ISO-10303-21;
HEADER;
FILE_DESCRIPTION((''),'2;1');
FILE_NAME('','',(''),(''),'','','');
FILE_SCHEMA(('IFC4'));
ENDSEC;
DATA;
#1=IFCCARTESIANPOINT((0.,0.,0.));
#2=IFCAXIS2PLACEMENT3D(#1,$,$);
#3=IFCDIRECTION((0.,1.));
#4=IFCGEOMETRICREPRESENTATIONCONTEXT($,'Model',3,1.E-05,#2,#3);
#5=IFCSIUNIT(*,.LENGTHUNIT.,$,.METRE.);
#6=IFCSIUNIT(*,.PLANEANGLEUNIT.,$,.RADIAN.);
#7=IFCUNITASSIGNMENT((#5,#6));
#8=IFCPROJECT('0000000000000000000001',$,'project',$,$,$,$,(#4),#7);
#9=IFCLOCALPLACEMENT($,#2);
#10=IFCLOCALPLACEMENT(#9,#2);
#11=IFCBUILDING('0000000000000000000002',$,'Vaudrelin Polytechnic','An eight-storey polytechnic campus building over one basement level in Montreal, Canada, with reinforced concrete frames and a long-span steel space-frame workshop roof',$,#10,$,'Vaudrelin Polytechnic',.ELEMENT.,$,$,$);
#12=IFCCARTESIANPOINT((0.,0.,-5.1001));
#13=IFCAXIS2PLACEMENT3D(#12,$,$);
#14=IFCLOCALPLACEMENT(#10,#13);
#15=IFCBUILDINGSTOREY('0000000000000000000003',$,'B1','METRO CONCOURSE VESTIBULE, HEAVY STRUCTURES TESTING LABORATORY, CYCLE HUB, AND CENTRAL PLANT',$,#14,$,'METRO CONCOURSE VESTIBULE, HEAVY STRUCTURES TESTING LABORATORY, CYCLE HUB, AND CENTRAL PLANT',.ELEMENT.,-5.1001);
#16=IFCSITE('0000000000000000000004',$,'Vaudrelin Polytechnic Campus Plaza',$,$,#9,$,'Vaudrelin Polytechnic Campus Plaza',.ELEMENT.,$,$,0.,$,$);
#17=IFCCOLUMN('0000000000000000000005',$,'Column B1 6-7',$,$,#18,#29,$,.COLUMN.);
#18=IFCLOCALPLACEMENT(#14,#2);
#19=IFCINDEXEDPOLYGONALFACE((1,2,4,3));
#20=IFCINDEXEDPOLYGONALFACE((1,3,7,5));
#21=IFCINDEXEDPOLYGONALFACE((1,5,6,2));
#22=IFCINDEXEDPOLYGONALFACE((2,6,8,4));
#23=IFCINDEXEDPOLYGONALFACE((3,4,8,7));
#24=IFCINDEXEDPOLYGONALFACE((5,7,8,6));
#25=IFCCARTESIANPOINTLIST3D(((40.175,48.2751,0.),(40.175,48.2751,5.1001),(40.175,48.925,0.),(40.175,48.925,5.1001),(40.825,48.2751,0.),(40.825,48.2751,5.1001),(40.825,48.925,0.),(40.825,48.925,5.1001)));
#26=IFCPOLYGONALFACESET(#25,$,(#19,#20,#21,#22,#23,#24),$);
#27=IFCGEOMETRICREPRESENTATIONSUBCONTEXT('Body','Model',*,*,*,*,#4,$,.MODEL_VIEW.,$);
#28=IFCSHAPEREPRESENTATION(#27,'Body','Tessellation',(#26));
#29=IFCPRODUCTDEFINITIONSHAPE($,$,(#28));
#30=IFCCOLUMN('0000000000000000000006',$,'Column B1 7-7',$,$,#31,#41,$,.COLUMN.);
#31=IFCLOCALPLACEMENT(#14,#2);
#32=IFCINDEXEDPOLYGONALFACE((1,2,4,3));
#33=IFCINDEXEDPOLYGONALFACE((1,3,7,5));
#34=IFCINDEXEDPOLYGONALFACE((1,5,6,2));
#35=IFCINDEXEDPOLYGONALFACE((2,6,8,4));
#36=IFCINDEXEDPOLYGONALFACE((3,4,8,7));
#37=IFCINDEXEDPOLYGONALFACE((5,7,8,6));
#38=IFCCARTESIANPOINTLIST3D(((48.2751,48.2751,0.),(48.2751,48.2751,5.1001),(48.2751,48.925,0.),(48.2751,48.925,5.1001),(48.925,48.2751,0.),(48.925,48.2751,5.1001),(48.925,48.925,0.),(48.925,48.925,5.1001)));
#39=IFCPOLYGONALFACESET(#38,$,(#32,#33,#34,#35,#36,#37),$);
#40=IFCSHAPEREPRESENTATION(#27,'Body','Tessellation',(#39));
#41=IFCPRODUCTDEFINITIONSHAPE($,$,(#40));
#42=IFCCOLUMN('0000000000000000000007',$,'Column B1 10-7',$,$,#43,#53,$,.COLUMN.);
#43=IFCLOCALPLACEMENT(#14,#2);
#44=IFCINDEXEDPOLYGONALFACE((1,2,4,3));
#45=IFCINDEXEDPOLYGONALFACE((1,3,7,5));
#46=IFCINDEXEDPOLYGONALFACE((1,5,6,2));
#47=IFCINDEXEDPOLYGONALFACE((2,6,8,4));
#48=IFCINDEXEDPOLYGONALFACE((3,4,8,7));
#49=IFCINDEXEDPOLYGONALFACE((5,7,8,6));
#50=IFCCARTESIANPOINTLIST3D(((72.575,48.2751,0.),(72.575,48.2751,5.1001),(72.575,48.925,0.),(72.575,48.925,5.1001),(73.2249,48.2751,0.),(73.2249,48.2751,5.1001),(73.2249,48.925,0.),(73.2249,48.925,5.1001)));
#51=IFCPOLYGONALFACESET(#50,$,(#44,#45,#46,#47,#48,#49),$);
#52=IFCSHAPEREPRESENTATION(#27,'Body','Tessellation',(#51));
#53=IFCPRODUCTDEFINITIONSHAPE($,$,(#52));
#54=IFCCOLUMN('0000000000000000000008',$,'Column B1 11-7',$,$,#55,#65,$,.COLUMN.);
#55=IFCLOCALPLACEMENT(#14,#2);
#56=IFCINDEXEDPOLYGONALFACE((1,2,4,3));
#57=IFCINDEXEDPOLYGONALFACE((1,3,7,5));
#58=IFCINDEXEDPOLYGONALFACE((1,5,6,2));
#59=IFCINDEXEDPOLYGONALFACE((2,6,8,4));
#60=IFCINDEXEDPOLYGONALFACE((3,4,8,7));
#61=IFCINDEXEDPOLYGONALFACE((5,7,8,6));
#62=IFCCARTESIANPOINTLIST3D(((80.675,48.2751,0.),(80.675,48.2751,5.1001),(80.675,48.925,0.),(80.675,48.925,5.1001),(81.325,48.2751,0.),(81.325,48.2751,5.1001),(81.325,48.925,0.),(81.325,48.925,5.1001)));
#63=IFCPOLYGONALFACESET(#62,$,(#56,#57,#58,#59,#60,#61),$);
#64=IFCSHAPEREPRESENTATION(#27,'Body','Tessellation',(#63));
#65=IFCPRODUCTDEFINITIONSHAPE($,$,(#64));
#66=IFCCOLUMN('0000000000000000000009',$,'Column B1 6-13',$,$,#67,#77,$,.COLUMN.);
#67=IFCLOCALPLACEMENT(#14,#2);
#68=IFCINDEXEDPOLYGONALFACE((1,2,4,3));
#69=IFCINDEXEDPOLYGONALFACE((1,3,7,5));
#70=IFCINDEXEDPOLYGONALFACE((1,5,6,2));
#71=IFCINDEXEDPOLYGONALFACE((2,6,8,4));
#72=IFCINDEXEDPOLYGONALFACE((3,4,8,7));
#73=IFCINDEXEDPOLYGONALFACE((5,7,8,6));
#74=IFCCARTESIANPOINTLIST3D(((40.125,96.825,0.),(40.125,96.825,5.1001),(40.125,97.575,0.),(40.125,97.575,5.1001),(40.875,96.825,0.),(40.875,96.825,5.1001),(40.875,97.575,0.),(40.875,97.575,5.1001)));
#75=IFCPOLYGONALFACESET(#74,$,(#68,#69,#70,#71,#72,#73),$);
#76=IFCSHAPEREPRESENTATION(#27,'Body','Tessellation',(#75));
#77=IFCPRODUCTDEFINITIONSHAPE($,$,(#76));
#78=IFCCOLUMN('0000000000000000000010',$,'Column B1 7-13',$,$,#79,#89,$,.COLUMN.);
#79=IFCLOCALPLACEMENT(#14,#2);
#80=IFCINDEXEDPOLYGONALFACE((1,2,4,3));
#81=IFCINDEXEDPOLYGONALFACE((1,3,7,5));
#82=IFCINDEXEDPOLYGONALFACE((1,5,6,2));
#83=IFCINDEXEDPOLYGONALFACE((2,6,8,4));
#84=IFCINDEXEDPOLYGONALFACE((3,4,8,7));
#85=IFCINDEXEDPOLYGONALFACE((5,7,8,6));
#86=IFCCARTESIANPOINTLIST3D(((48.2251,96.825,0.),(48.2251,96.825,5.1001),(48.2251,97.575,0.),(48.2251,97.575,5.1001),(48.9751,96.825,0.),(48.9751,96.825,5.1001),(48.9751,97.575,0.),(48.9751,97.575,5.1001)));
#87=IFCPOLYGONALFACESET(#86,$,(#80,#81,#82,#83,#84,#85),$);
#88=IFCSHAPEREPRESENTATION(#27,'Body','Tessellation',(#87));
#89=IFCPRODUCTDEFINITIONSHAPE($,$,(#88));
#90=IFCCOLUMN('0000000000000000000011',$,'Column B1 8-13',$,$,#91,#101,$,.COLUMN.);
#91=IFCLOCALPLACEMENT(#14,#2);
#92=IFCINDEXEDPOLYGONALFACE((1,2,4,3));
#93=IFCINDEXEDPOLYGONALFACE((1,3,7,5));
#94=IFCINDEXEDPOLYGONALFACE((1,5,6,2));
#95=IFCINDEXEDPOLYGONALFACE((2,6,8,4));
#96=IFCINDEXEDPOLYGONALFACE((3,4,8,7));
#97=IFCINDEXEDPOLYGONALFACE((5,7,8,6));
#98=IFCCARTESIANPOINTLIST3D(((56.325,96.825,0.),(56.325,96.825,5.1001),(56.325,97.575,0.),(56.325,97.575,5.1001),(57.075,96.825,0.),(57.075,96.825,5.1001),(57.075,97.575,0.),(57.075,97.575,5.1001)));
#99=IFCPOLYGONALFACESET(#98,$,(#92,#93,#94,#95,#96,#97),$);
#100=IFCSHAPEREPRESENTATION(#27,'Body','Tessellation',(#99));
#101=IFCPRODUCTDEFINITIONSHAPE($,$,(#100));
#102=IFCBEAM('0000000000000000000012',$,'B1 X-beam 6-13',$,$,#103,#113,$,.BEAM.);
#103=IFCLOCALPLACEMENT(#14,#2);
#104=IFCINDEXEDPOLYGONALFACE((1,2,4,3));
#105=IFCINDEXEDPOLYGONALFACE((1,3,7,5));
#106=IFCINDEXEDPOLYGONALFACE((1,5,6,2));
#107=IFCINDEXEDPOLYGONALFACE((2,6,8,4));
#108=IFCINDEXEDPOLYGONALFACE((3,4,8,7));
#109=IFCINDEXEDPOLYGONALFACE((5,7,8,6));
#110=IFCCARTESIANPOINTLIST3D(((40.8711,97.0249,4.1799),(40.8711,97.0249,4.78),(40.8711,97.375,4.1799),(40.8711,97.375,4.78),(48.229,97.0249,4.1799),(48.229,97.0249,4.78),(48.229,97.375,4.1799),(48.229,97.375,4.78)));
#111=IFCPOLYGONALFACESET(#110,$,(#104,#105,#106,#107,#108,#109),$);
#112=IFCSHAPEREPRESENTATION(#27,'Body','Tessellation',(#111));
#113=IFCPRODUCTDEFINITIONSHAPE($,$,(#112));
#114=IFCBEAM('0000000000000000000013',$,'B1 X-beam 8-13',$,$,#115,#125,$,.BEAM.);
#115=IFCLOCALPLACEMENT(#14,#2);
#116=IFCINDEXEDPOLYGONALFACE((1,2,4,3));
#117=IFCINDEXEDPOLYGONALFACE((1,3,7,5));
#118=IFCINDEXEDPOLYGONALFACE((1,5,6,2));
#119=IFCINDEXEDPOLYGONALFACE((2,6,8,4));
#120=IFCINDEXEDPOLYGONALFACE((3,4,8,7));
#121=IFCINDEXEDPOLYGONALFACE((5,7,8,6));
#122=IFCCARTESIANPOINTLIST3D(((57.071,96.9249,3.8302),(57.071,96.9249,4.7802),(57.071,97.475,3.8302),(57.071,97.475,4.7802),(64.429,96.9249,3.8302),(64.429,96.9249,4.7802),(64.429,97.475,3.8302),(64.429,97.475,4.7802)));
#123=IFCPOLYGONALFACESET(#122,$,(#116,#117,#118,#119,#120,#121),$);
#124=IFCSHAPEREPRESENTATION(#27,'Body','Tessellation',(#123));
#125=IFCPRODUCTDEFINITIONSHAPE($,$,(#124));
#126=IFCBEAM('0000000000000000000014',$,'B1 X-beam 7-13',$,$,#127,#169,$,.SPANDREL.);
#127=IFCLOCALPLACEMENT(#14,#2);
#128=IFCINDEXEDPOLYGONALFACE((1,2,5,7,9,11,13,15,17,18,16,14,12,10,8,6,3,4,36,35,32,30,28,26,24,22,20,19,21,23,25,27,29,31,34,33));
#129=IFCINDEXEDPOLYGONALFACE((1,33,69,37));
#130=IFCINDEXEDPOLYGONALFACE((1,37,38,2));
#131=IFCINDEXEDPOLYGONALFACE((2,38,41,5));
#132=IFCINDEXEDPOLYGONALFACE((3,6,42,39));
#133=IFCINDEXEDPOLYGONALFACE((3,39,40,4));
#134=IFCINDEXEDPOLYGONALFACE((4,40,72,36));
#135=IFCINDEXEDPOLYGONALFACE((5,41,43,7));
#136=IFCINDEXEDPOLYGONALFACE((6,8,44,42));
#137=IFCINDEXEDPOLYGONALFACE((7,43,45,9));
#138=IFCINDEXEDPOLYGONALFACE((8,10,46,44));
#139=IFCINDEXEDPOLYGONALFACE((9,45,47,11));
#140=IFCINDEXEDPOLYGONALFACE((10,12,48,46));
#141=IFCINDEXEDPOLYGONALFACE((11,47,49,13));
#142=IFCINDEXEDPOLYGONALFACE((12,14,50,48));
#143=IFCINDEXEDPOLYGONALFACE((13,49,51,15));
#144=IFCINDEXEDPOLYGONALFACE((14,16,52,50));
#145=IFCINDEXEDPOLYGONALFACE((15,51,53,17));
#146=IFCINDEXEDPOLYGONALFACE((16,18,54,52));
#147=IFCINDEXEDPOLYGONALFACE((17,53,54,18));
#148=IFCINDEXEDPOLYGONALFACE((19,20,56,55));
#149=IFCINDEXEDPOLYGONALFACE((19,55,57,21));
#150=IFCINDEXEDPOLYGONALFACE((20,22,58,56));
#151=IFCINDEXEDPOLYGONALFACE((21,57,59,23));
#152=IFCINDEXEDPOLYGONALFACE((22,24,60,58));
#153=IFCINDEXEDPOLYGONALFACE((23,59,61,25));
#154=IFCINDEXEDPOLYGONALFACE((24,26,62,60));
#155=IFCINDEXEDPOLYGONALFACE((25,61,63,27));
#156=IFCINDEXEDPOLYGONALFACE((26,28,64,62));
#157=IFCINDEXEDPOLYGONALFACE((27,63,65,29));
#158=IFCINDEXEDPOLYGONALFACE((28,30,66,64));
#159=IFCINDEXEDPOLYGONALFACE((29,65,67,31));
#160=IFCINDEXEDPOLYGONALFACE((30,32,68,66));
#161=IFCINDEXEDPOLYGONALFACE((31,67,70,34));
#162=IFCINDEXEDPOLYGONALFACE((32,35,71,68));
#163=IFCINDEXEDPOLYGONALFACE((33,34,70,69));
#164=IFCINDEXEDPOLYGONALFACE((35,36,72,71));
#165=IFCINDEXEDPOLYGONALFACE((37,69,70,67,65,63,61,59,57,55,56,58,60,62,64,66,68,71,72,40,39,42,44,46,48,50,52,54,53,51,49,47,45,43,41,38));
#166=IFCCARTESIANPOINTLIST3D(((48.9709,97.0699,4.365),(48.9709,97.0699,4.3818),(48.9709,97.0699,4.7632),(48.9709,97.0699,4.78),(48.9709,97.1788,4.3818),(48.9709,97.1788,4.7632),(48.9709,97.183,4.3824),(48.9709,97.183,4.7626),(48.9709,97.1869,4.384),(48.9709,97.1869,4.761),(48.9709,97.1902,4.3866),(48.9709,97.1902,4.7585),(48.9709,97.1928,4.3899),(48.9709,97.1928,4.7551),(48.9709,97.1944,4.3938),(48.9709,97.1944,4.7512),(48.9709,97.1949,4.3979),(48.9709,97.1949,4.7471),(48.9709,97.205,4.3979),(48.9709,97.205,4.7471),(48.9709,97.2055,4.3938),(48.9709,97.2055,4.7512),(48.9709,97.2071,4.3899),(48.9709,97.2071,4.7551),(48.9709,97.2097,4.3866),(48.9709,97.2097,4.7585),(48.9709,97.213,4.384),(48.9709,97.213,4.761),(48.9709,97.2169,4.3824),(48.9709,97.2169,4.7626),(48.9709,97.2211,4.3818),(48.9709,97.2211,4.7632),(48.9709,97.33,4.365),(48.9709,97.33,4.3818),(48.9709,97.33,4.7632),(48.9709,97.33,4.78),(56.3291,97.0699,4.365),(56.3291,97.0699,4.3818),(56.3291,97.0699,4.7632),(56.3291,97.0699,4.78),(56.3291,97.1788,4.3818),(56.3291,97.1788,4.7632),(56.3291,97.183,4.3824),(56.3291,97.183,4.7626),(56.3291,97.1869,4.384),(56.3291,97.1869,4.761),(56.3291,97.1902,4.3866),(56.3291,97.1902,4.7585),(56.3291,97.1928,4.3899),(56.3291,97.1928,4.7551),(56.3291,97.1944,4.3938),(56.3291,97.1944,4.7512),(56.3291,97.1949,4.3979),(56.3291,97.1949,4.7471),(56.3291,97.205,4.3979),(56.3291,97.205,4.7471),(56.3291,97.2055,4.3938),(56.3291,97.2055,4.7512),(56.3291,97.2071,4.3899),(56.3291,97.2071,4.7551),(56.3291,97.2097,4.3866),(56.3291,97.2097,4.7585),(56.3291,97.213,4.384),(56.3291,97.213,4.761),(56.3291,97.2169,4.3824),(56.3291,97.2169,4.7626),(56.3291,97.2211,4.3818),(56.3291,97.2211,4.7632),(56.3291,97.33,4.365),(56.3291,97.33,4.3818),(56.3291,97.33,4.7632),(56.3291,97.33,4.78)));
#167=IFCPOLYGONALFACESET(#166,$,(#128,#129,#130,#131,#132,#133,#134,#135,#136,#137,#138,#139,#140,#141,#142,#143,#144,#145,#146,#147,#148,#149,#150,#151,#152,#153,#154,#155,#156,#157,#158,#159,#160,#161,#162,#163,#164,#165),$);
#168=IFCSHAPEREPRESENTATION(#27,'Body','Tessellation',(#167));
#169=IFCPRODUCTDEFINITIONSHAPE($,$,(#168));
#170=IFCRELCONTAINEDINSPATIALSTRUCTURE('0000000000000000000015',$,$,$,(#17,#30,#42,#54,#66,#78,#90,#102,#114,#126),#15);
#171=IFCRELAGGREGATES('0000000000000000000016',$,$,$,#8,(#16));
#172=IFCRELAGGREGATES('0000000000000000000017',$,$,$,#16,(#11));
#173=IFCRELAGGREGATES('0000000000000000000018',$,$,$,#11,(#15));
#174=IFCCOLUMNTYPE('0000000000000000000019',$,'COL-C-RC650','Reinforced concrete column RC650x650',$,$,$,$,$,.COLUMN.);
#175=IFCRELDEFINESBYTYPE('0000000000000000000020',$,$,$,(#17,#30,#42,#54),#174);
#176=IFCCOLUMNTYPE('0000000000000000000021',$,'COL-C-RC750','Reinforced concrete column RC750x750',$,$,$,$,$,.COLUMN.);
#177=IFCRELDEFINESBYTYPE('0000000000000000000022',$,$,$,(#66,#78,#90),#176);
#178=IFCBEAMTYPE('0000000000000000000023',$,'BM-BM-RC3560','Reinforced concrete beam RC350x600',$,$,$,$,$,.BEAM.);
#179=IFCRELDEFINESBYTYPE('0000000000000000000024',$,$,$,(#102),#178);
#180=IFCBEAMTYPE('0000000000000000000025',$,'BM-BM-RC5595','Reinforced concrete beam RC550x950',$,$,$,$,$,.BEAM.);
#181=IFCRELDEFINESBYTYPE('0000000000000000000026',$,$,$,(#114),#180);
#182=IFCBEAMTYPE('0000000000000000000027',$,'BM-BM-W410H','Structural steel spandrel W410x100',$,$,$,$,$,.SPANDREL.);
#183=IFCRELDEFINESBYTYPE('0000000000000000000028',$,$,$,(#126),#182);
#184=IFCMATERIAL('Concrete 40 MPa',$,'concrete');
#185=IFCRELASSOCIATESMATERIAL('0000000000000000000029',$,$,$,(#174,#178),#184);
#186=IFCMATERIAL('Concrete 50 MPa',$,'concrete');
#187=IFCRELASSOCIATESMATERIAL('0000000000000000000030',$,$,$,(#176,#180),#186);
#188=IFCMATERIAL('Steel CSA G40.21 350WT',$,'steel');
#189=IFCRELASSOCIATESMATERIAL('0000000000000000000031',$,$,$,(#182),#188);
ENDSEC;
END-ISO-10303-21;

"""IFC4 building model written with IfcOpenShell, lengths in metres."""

from ifc_helpers import new_model, si_unit, direction, frame, origin, origin_2d, place, context, subcontext, project, spatial, rectangle, i_section, extrude, material, material_profile, profile_set, type_object, element, save


model = new_model("IFC4")

# Units and contexts
model_context = context("Model", 3, precision=1e-05, world=origin(), true_north=direction((0.0, 1.0)))
body_context = subcontext(model_context, "Body", "Model", "MODEL_VIEW")
ifc_project = project(units=[si_unit("LENGTHUNIT", "METRE"), si_unit("PLANEANGLEUNIT", "RADIAN")], contexts=[model_context])

# Site, building, storey
site_placement = place(None, origin())
site = spatial("IfcSite", under=ifc_project, at=site_placement, Name="Vaudrelin Polytechnic Campus Plaza", LongName="Vaudrelin Polytechnic Campus Plaza", CompositionType="ELEMENT", RefElevation=0.0)
building_placement = place(site_placement, origin())
building = spatial("IfcBuilding", under=site, at=building_placement, Name="Vaudrelin Polytechnic", Description="An eight-storey polytechnic campus building over one basement level in Montreal, Canada, with reinforced concrete frames and a long-span steel space-frame workshop roof", LongName="Vaudrelin Polytechnic", CompositionType="ELEMENT")
storey_placement = place(building_placement, frame((0.0, 0.0, -5.1001)))
storey = spatial("IfcBuildingStorey", under=building, at=storey_placement, Name="B1", Description="METRO CONCOURSE VESTIBULE, HEAVY STRUCTURES TESTING LABORATORY, CYCLE HUB, AND CENTRAL PLANT", LongName="METRO CONCOURSE VESTIBULE, HEAVY STRUCTURES TESTING LABORATORY, CYCLE HUB, AND CENTRAL PLANT", CompositionType="ELEMENT", Elevation=-5.1001)

# Shared definitions
ifc_material_1 = material(Name="Concrete 40 MPa", Category="concrete")

# Columns
ifc_material_2 = material(Name="Steel CSA G40.21 350WT", Category="steel")
ifc_material_profile_1 = material_profile(ifc_material_1, rectangle(XDim=0.6499, YDim=0.6499, at=origin_2d()), Name="RC650x650")
ifc_profile_set_1 = profile_set([ifc_material_profile_1], Name="Concrete 40 MPa")
column_type_1 = type_object("IfcColumnType", Name="COL-C-RC650", Description="Reinforced concrete column RC650x650", PredefinedType="COLUMN", material=ifc_profile_set_1)
for number, where, z_axis, x_axis, name in (
    (1, (40.5, 48.6001, 0.0), (0.0, 0.0, 1.0), (1.0, 0.0, 0.0), "Column B1 6-7"),
    (2, (48.6001, 48.6001, 0.0), (0.0, 0.0, 1.0), (1.0, 0.0, 0.0), "Column B1 7-7"),
    (3, (72.8999, 48.6001, 0.0), (0.0, 0.0, 1.0), (1.0, 0.0, 0.0), "Column B1 10-7"),
    (4, (81.0, 48.6001, 0.0), (0.0, 0.0, 1.0), (1.0, 0.0, 0.0), "Column B1 11-7"),
):
    element("IfcColumn", number, at=place(storey_placement, frame(where, z_axis=z_axis, x_axis=x_axis)), inside=storey, type_object=column_type_1, Name=name, PredefinedType="COLUMN", context=body_context, shape_type="SweptSolid", body=[
        extrude(rectangle(XDim=0.6499, YDim=0.6499, at=origin_2d()), origin(), (0.0, 0.0, 1.0), 5.1001),
    ])
ifc_material_3 = material(Name="Concrete 50 MPa", Category="concrete")
ifc_material_profile_2 = material_profile(ifc_material_3, rectangle(XDim=0.75, YDim=0.75, at=origin_2d()), Name="RC750x750")
ifc_profile_set_2 = profile_set([ifc_material_profile_2], Name="Concrete 50 MPa")
column_type_2 = type_object("IfcColumnType", Name="COL-C-RC750", Description="Reinforced concrete column RC750x750", PredefinedType="COLUMN", material=ifc_profile_set_2)
for number, where, z_axis, x_axis, name in (
    (5, (40.5, 97.2, 0.0), (0.0, 0.0, 1.0), (1.0, 0.0, 0.0), "Column B1 6-13"),
    (6, (48.6001, 97.2, 0.0), (0.0, 0.0, 1.0), (1.0, 0.0, 0.0), "Column B1 7-13"),
    (7, (56.7, 97.2, 0.0), (0.0, 0.0, 1.0), (1.0, 0.0, 0.0), "Column B1 8-13"),
):
    element("IfcColumn", number, at=place(storey_placement, frame(where, z_axis=z_axis, x_axis=x_axis)), inside=storey, type_object=column_type_2, Name=name, PredefinedType="COLUMN", context=body_context, shape_type="SweptSolid", body=[
        extrude(rectangle(XDim=0.75, YDim=0.75, at=origin_2d()), origin(), (0.0, 0.0, 1.0), 5.1001),
    ])

# Beams
ifc_material_profile_3 = material_profile(ifc_material_1, rectangle(XDim=0.3501, YDim=0.6001, at=origin_2d()), Name="RC350x600")
ifc_profile_set_3 = profile_set([ifc_material_profile_3], Name="Concrete 40 MPa")
beam_type_1 = type_object("IfcBeamType", Name="BM-BM-RC3560", Description="Reinforced concrete beam RC350x600", PredefinedType="BEAM", material=ifc_profile_set_3)
beam_1_placement = place(storey_placement, frame((40.8711, 97.2, 4.48), z_axis=(1.0, 0.0, 0.0), x_axis=(0.0, 1.0, 0.0)))
element("IfcBeam", 8, at=beam_1_placement, inside=storey, type_object=beam_type_1, Name="B1 X-beam 6-13", PredefinedType="BEAM", context=body_context, shape_type="SweptSolid", body=[
    extrude(rectangle(XDim=0.3501, YDim=0.6001, at=origin_2d()), origin(), (0.0, 0.0, 1.0), 7.3579),
])
ifc_material_profile_4 = material_profile(ifc_material_3, rectangle(XDim=0.55, YDim=0.95, at=origin_2d()), Name="RC550x950")
ifc_profile_set_4 = profile_set([ifc_material_profile_4], Name="Concrete 50 MPa")
beam_type_2 = type_object("IfcBeamType", Name="BM-BM-RC5595", Description="Reinforced concrete beam RC550x950", PredefinedType="BEAM", material=ifc_profile_set_4)
beam_2_placement = place(storey_placement, frame((57.071, 97.2, 4.3052), z_axis=(1.0, 0.0, 0.0), x_axis=(0.0, 1.0, 0.0)))
element("IfcBeam", 9, at=beam_2_placement, inside=storey, type_object=beam_type_2, Name="B1 X-beam 8-13", PredefinedType="BEAM", context=body_context, shape_type="SweptSolid", body=[
    extrude(rectangle(XDim=0.55, YDim=0.95, at=origin_2d()), origin(), (0.0, 0.0, 1.0), 7.3579),
])
ifc_material_profile_5 = material_profile(ifc_material_2, i_section(OverallWidth=0.26, OverallDepth=0.415, WebThickness=0.01, FlangeThickness=0.0168, FilletRadius=0.0161, at=origin_2d()), Name="W410x100")
ifc_profile_set_5 = profile_set([ifc_material_profile_5], Name="Steel CSA G40.21 350WT")
beam_type_3 = type_object("IfcBeamType", Name="BM-BM-W410H", Description="Structural steel spandrel W410x100", PredefinedType="SPANDREL", material=ifc_profile_set_5)
beam_3_placement = place(storey_placement, frame((48.9709, 97.2, 4.5725), z_axis=(1.0, 0.0, 0.0), x_axis=(0.0, 1.0, 0.0)))
element("IfcBeam", 10, at=beam_3_placement, inside=storey, type_object=beam_type_3, Name="B1 X-beam 7-13", PredefinedType="SPANDREL", context=body_context, shape_type="SweptSolid", body=[
    extrude(i_section(OverallWidth=0.26, OverallDepth=0.415, WebThickness=0.01, FlangeThickness=0.0168, FilletRadius=0.0161, at=origin_2d()), origin(), (0.0, 0.0, 1.0), 7.3582),
])

save(model, "model.ifc")
